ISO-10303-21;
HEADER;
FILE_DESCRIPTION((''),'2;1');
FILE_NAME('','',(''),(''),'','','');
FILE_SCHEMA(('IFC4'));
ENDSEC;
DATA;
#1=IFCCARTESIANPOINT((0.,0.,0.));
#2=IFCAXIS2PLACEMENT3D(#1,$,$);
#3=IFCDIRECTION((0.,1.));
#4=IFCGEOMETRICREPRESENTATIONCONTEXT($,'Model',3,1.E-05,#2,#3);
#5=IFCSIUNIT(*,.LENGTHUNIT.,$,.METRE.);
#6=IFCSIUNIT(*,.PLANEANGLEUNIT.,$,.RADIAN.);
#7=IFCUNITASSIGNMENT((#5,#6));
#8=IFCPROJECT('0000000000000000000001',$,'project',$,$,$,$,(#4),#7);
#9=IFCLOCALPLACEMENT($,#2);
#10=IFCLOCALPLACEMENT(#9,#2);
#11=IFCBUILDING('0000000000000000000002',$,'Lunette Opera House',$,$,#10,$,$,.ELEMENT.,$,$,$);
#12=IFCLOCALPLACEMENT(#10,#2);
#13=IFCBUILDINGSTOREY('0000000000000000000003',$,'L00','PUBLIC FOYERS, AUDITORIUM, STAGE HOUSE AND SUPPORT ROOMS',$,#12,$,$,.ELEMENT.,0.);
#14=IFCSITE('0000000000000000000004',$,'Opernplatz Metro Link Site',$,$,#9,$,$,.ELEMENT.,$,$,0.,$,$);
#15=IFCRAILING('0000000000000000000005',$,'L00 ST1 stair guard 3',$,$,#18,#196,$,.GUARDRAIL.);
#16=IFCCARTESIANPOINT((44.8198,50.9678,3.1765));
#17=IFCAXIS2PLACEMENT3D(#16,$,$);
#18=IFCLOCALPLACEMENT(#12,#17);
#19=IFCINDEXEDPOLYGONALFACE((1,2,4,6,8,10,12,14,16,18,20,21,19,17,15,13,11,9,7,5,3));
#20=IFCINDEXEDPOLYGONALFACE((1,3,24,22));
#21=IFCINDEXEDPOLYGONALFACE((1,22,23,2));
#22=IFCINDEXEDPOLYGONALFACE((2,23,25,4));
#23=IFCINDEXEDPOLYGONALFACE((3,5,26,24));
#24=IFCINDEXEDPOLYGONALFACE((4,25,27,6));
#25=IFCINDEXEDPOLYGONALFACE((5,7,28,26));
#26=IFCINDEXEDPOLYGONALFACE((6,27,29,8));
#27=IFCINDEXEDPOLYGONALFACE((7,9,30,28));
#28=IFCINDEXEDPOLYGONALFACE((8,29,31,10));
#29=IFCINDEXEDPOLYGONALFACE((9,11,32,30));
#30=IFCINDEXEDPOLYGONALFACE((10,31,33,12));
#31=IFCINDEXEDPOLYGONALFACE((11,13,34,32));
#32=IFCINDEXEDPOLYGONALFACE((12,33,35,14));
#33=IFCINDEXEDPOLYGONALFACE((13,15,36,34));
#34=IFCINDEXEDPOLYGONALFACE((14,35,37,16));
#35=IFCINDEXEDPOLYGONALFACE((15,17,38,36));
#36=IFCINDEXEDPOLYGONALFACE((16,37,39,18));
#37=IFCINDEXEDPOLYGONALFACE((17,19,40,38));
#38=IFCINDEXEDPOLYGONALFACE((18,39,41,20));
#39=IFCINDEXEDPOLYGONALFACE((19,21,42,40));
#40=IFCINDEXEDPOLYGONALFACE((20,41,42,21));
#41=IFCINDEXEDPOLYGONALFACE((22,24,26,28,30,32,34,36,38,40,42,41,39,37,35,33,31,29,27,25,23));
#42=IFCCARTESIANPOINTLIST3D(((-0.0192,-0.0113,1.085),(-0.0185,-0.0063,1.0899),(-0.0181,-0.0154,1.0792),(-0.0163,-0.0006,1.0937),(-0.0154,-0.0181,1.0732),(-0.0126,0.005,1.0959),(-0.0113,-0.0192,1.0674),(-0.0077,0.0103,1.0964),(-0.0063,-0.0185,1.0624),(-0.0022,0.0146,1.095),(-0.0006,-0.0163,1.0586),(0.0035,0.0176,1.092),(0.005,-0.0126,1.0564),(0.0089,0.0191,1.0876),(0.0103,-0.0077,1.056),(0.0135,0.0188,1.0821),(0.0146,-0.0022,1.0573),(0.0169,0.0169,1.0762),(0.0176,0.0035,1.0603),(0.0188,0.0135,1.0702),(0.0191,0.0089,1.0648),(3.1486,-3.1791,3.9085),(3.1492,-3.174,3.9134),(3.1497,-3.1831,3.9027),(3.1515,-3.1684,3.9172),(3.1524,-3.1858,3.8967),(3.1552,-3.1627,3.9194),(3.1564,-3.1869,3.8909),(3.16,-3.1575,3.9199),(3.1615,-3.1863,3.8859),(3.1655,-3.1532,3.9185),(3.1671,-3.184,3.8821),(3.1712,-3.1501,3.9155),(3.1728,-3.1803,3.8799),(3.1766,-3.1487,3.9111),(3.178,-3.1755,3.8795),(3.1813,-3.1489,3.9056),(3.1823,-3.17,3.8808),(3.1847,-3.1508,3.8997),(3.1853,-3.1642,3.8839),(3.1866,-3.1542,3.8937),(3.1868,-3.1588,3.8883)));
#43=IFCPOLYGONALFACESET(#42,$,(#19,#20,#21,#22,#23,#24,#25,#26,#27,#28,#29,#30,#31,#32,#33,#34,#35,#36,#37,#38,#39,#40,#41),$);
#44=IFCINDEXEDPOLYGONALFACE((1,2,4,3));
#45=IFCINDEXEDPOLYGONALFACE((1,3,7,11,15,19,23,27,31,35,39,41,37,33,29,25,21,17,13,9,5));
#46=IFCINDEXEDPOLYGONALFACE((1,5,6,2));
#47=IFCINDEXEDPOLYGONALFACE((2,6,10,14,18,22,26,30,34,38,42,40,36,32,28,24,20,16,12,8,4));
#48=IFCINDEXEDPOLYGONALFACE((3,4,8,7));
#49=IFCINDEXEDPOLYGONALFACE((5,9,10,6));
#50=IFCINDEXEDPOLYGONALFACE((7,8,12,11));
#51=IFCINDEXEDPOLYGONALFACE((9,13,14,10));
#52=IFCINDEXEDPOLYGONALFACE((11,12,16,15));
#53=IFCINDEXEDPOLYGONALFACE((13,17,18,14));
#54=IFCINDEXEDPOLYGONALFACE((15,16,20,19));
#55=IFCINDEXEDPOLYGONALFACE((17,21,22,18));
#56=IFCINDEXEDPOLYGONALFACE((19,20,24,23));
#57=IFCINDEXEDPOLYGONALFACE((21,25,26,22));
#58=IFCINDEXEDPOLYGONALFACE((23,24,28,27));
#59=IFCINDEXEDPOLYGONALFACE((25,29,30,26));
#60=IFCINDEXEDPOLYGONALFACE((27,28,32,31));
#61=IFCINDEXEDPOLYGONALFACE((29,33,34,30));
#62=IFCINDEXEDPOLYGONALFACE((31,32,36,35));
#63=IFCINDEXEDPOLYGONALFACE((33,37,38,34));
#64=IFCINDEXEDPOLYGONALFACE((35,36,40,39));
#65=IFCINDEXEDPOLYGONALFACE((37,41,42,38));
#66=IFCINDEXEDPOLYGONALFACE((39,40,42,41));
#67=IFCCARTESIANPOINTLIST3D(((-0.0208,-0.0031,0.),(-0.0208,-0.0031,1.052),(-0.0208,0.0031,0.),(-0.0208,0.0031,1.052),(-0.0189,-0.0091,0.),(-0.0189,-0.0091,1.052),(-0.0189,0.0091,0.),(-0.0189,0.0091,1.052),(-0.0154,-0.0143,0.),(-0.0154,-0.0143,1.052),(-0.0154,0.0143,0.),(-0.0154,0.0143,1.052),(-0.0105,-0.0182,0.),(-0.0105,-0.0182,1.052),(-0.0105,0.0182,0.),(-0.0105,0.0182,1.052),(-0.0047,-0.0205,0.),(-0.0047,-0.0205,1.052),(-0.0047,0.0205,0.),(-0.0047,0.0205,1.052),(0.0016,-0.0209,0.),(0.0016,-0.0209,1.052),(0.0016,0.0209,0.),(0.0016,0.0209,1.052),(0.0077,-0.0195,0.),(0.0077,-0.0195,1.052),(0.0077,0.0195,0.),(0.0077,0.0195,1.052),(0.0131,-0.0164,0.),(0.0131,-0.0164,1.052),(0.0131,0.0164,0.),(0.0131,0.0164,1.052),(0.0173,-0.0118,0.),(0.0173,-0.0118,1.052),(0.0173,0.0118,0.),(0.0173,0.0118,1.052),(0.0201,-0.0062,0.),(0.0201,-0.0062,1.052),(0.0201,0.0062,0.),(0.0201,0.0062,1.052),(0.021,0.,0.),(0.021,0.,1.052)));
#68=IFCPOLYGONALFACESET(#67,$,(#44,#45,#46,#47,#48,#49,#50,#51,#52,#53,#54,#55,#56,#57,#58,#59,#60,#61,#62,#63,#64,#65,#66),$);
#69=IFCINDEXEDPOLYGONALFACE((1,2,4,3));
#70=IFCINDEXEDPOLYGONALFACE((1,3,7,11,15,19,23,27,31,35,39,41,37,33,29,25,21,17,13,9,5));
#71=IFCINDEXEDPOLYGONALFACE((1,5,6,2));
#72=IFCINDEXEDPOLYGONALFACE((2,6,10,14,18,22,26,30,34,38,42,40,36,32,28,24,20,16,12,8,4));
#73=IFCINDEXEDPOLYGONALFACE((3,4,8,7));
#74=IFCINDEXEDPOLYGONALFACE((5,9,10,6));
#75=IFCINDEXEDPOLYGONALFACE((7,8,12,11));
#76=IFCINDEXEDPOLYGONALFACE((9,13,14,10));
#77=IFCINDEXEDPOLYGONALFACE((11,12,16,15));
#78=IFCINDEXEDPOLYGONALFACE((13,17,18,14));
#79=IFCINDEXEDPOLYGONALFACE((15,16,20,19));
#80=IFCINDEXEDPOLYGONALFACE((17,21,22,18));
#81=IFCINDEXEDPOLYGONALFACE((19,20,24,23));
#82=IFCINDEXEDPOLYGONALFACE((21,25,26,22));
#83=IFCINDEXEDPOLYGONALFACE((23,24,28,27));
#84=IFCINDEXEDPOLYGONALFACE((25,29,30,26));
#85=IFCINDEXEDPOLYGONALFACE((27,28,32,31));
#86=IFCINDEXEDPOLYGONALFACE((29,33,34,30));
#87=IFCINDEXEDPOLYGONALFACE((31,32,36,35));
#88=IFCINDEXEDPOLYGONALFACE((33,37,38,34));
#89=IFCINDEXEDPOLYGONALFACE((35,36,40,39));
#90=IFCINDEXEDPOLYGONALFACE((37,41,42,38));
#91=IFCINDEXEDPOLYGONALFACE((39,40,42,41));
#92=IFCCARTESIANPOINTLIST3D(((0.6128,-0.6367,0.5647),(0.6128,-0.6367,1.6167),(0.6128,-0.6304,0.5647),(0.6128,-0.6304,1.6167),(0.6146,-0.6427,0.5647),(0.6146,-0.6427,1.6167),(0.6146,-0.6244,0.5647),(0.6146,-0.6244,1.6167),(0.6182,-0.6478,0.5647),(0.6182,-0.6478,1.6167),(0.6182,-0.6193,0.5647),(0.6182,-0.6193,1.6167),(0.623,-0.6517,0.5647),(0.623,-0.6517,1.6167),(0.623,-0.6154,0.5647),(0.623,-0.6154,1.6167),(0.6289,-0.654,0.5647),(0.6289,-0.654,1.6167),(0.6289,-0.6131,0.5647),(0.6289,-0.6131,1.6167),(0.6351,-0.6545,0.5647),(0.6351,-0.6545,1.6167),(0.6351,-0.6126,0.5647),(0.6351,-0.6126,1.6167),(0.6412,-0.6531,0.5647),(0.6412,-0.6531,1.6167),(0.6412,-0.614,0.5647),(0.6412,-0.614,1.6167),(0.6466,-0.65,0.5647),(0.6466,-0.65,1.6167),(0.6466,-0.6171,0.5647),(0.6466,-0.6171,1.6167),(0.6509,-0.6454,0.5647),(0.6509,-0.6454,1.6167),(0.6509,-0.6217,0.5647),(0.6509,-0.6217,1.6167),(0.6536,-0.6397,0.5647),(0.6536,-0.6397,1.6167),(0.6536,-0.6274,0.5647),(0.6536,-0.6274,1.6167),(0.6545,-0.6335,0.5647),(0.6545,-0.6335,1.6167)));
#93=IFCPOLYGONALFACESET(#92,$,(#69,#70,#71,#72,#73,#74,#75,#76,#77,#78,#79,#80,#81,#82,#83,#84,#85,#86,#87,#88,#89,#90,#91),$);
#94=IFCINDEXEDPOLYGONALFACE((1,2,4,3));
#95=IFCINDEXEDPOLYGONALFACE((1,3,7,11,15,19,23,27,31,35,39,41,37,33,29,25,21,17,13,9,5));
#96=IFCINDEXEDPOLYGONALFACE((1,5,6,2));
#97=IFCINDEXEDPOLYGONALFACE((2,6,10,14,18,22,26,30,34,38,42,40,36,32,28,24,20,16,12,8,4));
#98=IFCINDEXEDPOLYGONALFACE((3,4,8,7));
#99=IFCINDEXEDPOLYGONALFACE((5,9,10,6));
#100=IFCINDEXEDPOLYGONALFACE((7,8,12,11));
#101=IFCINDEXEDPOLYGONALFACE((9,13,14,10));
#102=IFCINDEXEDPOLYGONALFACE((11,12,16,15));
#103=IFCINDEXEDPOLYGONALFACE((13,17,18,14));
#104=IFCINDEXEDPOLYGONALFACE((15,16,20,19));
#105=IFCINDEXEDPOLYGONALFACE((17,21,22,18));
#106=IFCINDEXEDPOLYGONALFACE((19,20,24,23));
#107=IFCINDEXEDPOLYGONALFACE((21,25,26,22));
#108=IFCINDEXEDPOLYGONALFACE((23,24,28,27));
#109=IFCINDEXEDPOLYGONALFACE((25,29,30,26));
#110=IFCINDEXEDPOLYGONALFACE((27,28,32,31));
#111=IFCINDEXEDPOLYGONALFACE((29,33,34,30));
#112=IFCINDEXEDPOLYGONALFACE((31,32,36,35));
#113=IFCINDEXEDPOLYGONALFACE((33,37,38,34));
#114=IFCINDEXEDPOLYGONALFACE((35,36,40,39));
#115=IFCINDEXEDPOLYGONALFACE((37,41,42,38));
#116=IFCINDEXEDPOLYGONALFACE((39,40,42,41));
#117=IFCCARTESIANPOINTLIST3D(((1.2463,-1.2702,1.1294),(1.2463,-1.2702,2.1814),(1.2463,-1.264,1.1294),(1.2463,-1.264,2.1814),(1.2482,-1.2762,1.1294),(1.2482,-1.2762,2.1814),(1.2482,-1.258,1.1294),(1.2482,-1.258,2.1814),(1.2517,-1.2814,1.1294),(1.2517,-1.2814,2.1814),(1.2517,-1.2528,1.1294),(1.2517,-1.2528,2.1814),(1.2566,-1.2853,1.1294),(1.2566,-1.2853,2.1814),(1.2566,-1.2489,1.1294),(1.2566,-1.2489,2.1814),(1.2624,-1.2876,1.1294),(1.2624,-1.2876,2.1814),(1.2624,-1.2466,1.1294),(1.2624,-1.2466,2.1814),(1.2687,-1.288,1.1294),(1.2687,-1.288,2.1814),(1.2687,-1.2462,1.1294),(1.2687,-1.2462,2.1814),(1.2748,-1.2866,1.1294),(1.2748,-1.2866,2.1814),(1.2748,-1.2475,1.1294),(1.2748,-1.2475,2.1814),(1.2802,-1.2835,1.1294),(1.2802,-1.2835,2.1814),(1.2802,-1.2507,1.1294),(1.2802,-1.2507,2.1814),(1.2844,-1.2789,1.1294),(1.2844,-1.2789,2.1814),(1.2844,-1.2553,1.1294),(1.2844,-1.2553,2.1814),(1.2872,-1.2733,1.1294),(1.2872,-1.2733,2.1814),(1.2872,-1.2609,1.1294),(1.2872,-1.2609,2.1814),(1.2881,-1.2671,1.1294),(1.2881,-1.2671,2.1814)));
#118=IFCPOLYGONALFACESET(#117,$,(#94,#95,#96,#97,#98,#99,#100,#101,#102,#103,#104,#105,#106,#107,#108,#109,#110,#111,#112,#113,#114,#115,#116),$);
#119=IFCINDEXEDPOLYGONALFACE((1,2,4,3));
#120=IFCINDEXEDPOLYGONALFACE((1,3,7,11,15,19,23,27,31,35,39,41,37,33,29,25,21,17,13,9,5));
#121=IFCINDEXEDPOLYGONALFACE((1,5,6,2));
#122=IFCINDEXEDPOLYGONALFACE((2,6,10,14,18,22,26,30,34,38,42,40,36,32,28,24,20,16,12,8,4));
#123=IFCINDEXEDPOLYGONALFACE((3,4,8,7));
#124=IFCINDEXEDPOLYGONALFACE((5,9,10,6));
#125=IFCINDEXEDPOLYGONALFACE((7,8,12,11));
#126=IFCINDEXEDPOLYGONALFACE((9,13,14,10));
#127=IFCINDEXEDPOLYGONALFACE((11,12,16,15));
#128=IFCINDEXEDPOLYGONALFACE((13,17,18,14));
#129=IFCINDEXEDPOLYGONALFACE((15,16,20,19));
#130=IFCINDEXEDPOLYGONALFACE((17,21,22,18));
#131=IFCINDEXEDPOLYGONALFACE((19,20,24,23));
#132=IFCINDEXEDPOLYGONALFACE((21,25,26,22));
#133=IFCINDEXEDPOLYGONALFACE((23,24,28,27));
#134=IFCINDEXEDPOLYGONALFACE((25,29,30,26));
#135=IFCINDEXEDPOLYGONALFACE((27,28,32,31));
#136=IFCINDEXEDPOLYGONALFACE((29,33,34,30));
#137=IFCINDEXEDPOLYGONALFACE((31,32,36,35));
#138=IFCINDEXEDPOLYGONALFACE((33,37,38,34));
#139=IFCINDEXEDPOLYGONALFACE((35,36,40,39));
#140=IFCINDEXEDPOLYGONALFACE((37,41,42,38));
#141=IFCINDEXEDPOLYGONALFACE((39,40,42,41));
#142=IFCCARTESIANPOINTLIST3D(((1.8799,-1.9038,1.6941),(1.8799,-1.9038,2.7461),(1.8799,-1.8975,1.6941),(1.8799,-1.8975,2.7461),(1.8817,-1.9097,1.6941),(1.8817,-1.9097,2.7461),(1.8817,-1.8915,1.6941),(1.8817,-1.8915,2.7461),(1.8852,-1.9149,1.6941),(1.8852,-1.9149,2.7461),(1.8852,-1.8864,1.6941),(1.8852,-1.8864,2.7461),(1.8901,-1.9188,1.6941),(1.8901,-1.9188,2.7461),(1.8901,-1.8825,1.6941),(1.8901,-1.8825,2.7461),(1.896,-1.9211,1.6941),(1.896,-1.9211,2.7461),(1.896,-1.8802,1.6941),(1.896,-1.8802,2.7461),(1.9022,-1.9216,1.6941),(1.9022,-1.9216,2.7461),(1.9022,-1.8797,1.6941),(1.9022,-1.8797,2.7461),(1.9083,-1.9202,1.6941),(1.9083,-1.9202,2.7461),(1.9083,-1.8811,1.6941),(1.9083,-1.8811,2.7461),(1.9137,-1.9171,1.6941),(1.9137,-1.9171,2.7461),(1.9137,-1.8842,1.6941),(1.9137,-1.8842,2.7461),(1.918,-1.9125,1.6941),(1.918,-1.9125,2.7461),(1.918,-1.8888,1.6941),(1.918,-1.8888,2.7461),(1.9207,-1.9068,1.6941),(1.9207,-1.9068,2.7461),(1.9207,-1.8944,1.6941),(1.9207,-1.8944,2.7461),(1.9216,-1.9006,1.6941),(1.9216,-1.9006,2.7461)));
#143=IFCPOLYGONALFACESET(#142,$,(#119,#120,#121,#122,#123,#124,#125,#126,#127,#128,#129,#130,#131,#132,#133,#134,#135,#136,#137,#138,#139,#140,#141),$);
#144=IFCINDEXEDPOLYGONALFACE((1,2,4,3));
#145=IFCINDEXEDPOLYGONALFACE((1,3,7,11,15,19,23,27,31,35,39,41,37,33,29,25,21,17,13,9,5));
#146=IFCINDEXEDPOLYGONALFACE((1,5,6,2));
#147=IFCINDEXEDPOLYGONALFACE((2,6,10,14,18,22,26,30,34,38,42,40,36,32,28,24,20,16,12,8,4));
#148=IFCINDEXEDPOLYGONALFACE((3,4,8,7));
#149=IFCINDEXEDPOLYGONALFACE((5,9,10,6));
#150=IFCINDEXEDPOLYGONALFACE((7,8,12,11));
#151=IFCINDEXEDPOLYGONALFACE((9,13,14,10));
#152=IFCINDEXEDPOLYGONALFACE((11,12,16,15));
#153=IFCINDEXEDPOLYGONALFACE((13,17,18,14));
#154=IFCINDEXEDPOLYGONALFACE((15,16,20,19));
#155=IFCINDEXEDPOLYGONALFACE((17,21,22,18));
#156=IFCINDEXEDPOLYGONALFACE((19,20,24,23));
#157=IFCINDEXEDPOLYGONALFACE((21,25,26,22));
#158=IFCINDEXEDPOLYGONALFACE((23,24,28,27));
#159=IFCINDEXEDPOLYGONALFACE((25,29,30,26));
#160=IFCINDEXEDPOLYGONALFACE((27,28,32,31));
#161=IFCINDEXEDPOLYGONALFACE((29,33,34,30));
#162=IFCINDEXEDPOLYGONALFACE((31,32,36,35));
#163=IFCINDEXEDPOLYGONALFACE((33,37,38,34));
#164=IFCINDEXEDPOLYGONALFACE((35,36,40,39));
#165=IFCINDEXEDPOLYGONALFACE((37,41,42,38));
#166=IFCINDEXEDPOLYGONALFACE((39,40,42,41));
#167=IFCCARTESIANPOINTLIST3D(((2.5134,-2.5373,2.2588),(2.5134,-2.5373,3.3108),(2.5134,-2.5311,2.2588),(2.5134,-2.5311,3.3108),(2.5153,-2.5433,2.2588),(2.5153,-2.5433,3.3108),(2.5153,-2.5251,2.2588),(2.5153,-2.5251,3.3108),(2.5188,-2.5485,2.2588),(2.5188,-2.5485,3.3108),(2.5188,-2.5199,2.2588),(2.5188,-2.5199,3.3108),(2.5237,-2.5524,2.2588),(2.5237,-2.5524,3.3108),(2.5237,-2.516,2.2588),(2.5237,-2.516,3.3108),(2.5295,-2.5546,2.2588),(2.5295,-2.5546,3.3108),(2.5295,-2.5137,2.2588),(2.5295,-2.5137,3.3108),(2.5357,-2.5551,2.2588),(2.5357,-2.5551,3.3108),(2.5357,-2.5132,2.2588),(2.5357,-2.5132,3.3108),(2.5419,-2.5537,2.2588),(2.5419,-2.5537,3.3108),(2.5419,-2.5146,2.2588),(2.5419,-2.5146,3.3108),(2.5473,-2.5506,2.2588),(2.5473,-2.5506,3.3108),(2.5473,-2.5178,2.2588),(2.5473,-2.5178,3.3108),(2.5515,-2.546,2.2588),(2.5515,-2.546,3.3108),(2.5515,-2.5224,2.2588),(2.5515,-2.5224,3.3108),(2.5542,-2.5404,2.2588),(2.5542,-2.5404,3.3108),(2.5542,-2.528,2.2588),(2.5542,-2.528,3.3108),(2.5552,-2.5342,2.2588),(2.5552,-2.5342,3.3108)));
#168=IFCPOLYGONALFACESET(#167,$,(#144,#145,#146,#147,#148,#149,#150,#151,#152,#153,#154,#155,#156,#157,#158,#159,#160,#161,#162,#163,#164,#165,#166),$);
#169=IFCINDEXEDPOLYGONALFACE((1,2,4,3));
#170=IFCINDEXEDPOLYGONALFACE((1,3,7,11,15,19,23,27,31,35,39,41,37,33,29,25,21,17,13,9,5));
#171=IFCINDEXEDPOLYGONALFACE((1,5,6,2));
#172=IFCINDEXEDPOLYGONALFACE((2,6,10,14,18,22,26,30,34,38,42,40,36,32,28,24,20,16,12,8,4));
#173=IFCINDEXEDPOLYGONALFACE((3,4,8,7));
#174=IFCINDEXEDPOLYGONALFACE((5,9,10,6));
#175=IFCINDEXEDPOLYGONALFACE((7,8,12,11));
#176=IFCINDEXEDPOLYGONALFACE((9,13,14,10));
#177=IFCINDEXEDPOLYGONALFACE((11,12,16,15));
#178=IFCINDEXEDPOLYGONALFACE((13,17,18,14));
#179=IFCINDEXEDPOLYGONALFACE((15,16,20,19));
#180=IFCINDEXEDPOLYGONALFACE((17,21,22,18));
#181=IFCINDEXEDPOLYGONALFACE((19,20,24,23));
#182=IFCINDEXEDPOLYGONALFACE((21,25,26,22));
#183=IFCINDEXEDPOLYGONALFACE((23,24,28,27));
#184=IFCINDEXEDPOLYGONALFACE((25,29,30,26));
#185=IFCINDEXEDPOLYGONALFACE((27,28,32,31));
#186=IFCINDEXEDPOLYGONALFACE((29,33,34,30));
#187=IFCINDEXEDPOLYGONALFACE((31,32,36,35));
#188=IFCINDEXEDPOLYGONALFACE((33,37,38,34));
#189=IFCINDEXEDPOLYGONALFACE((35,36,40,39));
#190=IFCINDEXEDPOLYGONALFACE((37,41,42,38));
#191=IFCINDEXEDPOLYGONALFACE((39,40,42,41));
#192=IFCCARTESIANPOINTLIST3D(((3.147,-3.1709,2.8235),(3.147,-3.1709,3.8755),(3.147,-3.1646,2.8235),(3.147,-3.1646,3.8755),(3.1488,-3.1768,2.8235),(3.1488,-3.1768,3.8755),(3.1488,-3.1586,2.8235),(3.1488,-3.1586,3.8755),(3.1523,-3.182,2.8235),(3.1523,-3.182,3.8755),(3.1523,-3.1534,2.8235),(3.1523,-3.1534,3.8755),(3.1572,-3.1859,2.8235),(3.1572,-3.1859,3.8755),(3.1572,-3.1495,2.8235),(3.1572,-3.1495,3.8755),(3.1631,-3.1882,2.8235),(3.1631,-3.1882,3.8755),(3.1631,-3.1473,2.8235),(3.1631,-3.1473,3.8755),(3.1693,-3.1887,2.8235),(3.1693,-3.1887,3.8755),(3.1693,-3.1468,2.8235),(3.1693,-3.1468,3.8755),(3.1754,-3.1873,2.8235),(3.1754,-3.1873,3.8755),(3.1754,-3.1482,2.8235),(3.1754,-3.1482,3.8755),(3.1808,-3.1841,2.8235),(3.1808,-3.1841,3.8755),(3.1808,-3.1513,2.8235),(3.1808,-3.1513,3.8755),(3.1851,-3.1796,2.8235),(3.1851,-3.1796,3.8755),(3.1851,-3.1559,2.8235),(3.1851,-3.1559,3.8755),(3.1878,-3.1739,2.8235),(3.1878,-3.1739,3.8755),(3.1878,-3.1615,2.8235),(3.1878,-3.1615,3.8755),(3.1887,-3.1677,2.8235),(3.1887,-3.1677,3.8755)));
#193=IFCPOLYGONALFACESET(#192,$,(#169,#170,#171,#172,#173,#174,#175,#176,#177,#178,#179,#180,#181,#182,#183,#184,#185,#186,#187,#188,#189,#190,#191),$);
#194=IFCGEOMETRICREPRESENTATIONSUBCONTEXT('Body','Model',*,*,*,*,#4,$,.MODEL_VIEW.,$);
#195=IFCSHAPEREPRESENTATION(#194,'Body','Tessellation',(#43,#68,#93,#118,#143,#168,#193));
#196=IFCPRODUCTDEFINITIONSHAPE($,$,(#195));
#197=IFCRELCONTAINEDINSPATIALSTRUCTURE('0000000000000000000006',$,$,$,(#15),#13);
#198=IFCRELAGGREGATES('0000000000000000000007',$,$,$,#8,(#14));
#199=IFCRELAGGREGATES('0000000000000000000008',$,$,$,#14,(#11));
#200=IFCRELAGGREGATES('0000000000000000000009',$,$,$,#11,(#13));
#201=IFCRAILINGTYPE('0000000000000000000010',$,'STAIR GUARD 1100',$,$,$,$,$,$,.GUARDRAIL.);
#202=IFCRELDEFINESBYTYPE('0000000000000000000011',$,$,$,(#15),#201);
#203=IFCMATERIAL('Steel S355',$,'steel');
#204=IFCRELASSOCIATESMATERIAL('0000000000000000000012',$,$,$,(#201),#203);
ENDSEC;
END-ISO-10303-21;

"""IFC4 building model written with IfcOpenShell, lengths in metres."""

from ifc_helpers import new_model, si_unit, direction, frame, origin, origin_2d, place, context, subcontext, project, spatial, circle, extrude, material, type_object, element, save


model = new_model("IFC4")

# Units and contexts
model_context = context("Model", 3, precision=1e-05, world=origin(), true_north=direction((0.0, 1.0)))
body_context = subcontext(model_context, "Body", "Model", "MODEL_VIEW")
ifc_project = project(units=[si_unit("LENGTHUNIT", "METRE"), si_unit("PLANEANGLEUNIT", "RADIAN")], contexts=[model_context])

# Site, building, storey
site_placement = place(None, origin())
site = spatial("IfcSite", under=ifc_project, at=site_placement, Name="Opernplatz Metro Link Site", CompositionType="ELEMENT", RefElevation=0.0)
building_placement = place(site_placement, origin())
building = spatial("IfcBuilding", under=site, at=building_placement, Name="Lunette Opera House", CompositionType="ELEMENT")
storey_placement = place(building_placement, origin())
storey = spatial("IfcBuildingStorey", under=building, at=storey_placement, Name="L00", Description="PUBLIC FOYERS, AUDITORIUM, STAGE HOUSE AND SUPPORT ROOMS", CompositionType="ELEMENT", Elevation=0.0)

# Railing
ifc_material_1 = material(Name="Steel S355", Category="steel")
railing_type_1 = type_object("IfcRailingType", Name="STAIR GUARD 1100", PredefinedType="GUARDRAIL", material=ifc_material_1)
railing_1_placement = place(storey_placement, frame((44.8198, 50.9678, 3.1765)))
element("IfcRailing", 1, at=railing_1_placement, inside=storey, type_object=railing_type_1, Name="L00 ST1 stair guard 3", PredefinedType="GUARDRAIL", context=body_context, shape_type="SweptSolid", body=[
    extrude(circle(Radius=0.0239, at=origin_2d()), frame((0.0, 0.0, 1.0762), z_axis=(0.598206, -0.598206, 0.533198), x_axis=(0.707107, 0.707107, 0.0)), (0.0, 0.0, 1.0), 5.2954),
    extrude(circle(Radius=0.021, at=origin_2d()), origin(), (0.0, 0.0, 1.0), 1.052),
    extrude(circle(Radius=0.021, at=origin_2d()), frame((0.6335, -0.6335, 0.5647)), (0.0, 0.0, 1.0), 1.052),
    extrude(circle(Radius=0.021, at=origin_2d()), frame((1.2671, -1.2671, 1.1294)), (0.0, 0.0, 1.0), 1.052),
    extrude(circle(Radius=0.021, at=origin_2d()), frame((1.9006, -1.9006, 1.6941)), (0.0, 0.0, 1.0), 1.052),
    extrude(circle(Radius=0.021, at=origin_2d()), frame((2.5342, -2.5342, 2.2588)), (0.0, 0.0, 1.0), 1.052),
    extrude(circle(Radius=0.021, at=origin_2d()), frame((3.1677, -3.1677, 2.8235)), (0.0, 0.0, 1.0), 1.052),
])

save(model, "model.ifc")
